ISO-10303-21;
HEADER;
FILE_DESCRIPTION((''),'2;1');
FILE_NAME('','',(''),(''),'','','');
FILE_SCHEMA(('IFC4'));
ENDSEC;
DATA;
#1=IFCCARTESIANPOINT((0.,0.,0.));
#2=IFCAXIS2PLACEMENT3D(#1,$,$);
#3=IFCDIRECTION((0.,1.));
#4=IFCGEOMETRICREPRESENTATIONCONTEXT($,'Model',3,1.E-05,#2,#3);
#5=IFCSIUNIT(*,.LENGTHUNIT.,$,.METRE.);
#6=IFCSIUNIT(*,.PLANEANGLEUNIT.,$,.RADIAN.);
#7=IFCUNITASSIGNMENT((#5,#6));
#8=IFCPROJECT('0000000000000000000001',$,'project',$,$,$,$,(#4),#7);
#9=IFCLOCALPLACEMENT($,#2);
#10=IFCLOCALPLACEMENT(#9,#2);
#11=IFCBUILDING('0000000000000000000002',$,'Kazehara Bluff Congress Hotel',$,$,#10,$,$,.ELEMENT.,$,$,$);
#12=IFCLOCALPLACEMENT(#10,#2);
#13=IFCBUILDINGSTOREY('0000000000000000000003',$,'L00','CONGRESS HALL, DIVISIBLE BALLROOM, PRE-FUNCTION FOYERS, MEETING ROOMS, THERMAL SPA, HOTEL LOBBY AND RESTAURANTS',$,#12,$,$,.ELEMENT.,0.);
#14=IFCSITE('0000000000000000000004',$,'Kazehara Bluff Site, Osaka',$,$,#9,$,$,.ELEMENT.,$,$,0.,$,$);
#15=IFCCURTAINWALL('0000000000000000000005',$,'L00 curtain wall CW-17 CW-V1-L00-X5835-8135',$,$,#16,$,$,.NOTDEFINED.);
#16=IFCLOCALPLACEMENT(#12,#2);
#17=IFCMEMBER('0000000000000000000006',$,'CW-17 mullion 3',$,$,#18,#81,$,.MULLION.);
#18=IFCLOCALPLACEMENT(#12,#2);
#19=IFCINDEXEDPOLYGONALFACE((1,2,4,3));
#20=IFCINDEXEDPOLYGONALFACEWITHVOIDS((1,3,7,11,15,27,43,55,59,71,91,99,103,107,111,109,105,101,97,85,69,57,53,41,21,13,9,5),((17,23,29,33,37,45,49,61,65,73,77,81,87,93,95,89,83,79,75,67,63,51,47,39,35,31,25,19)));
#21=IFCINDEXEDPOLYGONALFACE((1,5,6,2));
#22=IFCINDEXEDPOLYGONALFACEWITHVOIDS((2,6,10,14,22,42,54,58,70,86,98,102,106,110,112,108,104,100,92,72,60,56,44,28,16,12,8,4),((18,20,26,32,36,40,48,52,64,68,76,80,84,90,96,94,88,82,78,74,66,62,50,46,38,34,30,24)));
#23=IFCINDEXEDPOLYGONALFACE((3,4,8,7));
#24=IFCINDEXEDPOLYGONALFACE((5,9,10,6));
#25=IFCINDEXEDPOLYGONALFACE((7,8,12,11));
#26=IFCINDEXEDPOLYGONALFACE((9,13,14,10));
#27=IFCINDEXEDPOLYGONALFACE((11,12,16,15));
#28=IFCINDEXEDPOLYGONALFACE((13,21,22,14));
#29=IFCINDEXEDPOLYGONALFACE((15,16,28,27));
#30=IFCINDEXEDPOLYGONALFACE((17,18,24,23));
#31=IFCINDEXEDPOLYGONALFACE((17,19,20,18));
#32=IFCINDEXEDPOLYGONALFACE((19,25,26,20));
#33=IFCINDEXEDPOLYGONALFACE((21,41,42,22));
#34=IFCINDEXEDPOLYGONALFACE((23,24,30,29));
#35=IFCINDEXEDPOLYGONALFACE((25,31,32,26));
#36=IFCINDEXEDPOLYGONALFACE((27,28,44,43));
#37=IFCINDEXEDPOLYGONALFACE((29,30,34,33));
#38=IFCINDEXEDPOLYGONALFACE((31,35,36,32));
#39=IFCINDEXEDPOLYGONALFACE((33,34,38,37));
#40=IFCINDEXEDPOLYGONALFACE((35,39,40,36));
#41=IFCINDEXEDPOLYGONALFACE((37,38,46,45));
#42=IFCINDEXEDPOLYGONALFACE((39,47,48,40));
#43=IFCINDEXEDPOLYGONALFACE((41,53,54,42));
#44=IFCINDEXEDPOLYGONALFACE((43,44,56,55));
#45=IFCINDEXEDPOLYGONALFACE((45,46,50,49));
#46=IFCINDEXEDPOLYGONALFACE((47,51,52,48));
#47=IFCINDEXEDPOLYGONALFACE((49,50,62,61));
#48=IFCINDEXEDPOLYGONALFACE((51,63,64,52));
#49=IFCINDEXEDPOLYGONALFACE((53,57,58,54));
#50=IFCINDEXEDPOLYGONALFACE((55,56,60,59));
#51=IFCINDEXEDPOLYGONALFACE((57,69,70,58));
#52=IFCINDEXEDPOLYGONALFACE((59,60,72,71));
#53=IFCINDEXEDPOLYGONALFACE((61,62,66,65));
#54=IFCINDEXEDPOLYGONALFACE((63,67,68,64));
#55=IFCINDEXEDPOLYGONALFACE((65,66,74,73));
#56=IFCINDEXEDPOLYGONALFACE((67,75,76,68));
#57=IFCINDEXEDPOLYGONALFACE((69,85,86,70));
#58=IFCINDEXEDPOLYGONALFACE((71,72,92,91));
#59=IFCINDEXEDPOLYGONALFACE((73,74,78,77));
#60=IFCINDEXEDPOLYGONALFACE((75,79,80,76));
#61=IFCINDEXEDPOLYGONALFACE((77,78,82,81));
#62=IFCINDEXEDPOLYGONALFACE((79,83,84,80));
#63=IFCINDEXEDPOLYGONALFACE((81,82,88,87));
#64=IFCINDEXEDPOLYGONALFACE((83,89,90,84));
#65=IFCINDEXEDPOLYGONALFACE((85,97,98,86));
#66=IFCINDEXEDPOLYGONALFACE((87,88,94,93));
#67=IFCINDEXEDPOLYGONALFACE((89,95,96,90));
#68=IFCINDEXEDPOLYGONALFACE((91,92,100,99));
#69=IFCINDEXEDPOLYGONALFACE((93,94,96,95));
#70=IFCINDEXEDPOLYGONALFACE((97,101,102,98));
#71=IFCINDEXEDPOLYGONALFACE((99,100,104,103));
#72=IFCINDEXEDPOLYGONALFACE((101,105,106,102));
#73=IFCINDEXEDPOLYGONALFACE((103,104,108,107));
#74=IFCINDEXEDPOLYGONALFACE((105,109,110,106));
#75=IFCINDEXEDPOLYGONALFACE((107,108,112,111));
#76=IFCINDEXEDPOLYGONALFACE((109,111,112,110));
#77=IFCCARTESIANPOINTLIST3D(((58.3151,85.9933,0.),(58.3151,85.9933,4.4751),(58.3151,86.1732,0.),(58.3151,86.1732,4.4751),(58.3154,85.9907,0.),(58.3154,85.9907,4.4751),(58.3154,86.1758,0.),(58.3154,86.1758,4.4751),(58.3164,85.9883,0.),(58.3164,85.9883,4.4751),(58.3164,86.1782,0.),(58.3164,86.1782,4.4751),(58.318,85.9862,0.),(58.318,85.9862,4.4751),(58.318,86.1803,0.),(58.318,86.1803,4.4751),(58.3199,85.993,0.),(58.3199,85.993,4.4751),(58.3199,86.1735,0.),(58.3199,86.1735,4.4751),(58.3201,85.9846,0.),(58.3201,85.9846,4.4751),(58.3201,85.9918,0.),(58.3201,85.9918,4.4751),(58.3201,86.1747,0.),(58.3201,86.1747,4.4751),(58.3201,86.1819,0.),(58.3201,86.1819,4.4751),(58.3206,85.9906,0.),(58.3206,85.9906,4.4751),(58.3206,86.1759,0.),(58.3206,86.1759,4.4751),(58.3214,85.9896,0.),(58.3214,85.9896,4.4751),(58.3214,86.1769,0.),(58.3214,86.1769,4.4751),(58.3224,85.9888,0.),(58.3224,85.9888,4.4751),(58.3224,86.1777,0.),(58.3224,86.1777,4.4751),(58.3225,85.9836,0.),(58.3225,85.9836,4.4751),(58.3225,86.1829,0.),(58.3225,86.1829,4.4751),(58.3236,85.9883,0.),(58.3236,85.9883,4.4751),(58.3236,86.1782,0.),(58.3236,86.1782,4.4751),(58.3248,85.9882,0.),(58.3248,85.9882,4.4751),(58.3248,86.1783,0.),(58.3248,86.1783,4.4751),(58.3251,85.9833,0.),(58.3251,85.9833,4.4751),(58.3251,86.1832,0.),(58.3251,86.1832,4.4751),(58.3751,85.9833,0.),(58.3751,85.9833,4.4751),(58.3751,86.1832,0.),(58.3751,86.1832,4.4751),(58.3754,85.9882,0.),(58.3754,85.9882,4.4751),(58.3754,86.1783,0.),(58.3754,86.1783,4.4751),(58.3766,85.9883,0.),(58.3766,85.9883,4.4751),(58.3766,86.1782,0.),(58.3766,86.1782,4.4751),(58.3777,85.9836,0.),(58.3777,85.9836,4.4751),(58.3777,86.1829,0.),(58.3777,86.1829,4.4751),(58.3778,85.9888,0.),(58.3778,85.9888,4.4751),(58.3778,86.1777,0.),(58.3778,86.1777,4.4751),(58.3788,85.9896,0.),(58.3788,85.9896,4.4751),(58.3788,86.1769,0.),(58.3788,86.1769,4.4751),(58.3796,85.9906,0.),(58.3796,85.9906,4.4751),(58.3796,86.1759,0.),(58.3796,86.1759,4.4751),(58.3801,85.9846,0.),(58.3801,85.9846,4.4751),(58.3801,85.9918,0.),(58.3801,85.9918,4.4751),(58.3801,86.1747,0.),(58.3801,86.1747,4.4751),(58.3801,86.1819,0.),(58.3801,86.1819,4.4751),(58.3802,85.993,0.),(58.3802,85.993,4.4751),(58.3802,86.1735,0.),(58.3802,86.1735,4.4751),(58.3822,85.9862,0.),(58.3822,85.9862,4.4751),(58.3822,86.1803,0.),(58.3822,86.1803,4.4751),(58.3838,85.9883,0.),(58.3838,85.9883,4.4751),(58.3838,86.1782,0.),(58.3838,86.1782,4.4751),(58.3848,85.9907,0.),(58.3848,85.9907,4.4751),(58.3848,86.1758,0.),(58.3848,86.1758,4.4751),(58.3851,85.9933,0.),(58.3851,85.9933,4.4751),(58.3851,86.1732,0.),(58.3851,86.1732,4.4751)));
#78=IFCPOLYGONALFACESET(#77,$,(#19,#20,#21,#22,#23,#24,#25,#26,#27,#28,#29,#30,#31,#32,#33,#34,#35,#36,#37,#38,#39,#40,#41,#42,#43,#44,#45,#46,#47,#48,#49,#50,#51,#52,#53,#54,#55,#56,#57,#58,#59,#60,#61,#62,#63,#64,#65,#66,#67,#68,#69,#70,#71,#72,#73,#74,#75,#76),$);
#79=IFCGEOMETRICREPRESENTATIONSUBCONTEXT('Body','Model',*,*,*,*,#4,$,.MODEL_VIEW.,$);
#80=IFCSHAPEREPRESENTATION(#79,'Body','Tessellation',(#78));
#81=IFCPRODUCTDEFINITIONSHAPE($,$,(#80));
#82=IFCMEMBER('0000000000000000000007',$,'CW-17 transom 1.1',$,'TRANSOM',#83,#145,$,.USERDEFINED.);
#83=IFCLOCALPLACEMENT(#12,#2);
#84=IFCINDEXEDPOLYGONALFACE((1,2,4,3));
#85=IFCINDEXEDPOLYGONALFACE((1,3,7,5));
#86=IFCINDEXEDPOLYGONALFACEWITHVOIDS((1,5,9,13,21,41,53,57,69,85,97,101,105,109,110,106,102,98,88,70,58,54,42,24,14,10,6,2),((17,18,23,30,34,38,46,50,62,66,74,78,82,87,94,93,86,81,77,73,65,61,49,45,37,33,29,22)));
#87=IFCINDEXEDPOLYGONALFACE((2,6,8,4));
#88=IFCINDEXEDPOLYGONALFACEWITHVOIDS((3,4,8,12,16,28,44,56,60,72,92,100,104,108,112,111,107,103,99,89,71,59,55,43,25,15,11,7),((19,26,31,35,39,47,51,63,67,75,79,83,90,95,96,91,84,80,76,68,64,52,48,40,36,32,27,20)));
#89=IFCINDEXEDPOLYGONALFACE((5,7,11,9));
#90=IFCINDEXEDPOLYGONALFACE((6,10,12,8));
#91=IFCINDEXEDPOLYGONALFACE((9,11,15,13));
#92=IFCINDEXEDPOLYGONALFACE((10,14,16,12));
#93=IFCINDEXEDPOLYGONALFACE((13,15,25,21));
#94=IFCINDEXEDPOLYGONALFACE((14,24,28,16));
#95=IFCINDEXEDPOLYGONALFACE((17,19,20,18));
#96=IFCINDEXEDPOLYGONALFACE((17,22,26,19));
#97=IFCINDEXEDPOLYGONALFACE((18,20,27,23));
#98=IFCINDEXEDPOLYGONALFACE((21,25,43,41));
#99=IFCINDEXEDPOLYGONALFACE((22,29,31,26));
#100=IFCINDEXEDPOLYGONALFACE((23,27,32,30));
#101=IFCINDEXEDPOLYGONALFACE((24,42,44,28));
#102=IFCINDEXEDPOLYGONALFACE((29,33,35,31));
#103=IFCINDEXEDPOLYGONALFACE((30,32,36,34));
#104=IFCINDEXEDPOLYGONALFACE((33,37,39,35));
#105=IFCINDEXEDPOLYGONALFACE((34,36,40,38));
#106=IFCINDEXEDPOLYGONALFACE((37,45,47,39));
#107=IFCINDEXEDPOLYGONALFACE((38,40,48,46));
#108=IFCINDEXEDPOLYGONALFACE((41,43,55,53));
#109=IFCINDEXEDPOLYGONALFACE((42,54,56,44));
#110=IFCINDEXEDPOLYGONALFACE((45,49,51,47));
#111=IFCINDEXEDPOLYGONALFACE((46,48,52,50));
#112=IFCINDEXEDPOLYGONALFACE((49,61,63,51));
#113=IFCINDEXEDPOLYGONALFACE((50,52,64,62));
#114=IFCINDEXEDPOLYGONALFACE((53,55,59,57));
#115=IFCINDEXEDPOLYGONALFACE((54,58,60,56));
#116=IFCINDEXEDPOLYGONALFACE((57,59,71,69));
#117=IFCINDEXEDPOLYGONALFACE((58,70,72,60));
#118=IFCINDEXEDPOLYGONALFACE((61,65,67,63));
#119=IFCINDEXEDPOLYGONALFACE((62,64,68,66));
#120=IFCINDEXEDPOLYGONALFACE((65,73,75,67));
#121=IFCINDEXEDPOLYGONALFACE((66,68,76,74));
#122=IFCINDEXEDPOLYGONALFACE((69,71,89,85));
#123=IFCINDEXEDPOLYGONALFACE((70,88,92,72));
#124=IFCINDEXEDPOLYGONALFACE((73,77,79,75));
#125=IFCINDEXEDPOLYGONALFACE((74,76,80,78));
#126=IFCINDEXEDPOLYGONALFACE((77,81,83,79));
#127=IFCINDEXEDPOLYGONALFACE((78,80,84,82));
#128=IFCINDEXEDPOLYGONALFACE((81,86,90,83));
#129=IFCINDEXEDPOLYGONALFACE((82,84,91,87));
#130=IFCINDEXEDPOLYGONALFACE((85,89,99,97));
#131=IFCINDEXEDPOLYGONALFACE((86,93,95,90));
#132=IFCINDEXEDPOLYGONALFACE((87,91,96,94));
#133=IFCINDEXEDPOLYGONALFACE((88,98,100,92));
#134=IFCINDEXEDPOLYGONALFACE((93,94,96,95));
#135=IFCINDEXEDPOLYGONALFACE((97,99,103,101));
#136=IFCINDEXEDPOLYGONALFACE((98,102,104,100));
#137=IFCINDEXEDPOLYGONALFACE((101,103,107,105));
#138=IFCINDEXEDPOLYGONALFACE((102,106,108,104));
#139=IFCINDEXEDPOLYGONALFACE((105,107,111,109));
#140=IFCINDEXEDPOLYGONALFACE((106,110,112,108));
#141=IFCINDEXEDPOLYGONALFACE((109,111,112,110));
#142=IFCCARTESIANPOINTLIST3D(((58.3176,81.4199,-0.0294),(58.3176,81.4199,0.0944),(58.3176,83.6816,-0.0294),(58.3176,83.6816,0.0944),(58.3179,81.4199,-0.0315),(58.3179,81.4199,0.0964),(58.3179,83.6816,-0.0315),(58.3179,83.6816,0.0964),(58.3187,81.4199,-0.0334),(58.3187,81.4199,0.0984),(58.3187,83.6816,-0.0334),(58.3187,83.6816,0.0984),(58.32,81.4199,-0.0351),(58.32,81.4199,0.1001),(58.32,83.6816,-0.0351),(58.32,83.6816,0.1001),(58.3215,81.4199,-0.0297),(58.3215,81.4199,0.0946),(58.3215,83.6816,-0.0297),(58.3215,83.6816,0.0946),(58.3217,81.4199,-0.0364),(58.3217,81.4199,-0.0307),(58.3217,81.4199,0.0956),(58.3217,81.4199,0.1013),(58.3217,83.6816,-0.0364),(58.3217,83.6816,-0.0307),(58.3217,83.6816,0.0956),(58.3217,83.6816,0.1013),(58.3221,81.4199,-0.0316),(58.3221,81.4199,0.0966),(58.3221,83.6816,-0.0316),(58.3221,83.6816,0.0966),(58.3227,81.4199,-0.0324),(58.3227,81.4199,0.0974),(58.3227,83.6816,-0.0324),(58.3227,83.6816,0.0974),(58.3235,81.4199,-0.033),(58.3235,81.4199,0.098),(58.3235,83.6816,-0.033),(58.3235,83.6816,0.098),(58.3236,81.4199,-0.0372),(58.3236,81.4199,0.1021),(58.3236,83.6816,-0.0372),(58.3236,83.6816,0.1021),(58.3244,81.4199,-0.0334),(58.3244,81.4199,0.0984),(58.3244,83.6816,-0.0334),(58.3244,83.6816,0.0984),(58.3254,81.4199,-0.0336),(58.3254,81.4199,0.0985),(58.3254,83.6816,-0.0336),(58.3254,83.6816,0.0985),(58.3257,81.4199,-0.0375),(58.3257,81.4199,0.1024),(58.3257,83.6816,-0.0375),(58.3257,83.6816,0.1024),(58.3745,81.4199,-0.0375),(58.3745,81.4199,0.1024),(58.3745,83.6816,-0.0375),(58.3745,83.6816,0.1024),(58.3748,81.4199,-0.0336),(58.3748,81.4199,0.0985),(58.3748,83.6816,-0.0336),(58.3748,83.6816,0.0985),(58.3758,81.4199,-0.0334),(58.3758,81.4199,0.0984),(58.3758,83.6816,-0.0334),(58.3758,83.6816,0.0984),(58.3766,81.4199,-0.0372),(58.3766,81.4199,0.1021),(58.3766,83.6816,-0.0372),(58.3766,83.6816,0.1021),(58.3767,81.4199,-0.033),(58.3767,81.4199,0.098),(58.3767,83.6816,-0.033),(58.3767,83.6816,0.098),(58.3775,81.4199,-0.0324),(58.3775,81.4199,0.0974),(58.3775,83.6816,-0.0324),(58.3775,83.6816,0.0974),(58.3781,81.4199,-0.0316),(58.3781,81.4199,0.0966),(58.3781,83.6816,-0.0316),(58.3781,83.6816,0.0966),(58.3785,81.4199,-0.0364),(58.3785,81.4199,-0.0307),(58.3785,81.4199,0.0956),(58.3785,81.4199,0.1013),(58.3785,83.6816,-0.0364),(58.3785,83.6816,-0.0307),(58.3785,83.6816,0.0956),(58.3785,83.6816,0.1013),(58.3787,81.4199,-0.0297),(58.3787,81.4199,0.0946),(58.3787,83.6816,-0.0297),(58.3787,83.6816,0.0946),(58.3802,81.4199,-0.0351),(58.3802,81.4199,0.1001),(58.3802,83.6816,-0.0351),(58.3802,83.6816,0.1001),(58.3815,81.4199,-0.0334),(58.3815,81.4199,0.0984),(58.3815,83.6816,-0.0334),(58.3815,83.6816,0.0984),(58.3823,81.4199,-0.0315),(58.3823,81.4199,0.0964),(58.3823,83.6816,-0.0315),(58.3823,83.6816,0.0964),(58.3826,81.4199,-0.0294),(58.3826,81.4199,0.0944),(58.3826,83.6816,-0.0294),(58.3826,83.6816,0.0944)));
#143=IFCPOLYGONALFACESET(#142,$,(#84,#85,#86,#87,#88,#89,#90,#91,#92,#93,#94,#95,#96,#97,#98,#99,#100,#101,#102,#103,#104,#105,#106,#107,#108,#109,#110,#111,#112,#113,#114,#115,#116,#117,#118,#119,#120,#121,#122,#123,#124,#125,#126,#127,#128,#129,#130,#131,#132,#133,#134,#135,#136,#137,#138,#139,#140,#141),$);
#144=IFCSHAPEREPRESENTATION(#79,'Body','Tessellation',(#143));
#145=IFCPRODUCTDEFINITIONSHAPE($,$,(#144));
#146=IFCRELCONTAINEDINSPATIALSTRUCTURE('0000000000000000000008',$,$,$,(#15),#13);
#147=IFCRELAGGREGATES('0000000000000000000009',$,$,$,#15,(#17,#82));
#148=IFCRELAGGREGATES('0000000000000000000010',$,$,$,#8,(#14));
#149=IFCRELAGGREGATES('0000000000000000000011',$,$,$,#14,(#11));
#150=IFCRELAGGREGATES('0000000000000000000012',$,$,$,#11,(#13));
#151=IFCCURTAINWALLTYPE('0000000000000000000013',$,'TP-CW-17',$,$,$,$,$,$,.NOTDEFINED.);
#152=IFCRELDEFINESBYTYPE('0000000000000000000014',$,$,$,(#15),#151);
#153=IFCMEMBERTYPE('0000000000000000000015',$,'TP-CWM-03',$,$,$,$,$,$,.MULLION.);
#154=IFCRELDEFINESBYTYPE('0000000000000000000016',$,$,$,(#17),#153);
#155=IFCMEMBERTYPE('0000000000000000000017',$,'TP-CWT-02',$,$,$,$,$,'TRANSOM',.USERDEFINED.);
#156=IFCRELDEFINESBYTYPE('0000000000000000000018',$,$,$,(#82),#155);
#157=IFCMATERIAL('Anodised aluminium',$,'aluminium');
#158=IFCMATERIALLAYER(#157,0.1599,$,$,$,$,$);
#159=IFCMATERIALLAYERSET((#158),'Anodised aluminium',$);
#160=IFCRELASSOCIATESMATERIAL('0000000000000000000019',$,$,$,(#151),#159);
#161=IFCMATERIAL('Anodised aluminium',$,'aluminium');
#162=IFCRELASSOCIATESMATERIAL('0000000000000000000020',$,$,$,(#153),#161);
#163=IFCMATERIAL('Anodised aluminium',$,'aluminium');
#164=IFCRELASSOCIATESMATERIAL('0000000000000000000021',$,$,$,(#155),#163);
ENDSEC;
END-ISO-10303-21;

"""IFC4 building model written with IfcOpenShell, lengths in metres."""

from ifc_helpers import new_model, si_unit, direction, frame, origin, origin_2d, place, context, subcontext, project, spatial, hollow_rectangle, extrude, material, layer, layer_set, material_profile, profile_set, type_object, element, aggregate, save


model = new_model("IFC4")

# Units and contexts
model_context = context("Model", 3, precision=1e-05, world=origin(), true_north=direction((0.0, 1.0)))
body_context = subcontext(model_context, "Body", "Model", "MODEL_VIEW")
ifc_project = project(units=[si_unit("LENGTHUNIT", "METRE"), si_unit("PLANEANGLEUNIT", "RADIAN")], contexts=[model_context])

# Site, building, storey
site_placement = place(None, origin())
site = spatial("IfcSite", under=ifc_project, at=site_placement, Name="Kazehara Bluff Site, Osaka", CompositionType="ELEMENT", RefElevation=0.0)
building_placement = place(site_placement, origin())
building = spatial("IfcBuilding", under=site, at=building_placement, Name="Kazehara Bluff Congress Hotel", CompositionType="ELEMENT")
storey_placement = place(building_placement, origin())
storey = spatial("IfcBuildingStorey", under=building, at=storey_placement, Name="L00", Description="CONGRESS HALL, DIVISIBLE BALLROOM, PRE-FUNCTION FOYERS, MEETING ROOMS, THERMAL SPA, HOTEL LOBBY AND RESTAURANTS", CompositionType="ELEMENT", Elevation=0.0)

# Curtain wall, members
ifc_material_1 = material(Name="Anodised aluminium", Category="aluminium")
ifc_layer_1 = layer(ifc_material_1, 0.1599)
ifc_layer_set_1 = layer_set([ifc_layer_1], Name="Anodised aluminium")
curtain_wall_type = type_object("IfcCurtainWallType", Name="TP-CW-17", PredefinedType="NOTDEFINED", material=ifc_layer_set_1)
curtain_wall_placement = place(storey_placement, origin())
curtain_wall = element("IfcCurtainWall", 1, at=curtain_wall_placement, inside=storey, type_object=curtain_wall_type, Name="L00 curtain wall CW-17 CW-V1-L00-X5835-8135", PredefinedType="NOTDEFINED")
ifc_material_2 = material(Name="Anodised aluminium", Category="aluminium")
ifc_material_profile_1 = material_profile(ifc_material_2, hollow_rectangle(XDim=0.0701, YDim=0.2, WallThickness=0.0049, InnerFilletRadius=0.0049, OuterFilletRadius=0.01, at=origin_2d()))
ifc_profile_set_1 = profile_set([ifc_material_profile_1], Name="Anodised aluminium")
member_type_1 = type_object("IfcMemberType", Name="TP-CWM-03", PredefinedType="MULLION", material=ifc_profile_set_1)
member_1_placement = place(storey_placement, frame((58.3501, 86.0833, 0.0), z_axis=(0.0, 0.0, 1.0), x_axis=(-1.0, 0.0, 0.0)))
member_1 = element("IfcMember", 2, at=member_1_placement, type_object=member_type_1, Name="CW-17 mullion 3", PredefinedType="MULLION", context=body_context, shape_type="SweptSolid", body=[
    extrude(hollow_rectangle(XDim=0.0701, YDim=0.2, WallThickness=0.0049, InnerFilletRadius=0.0049, OuterFilletRadius=0.01, at=origin_2d()), origin(), (0.0, 0.0, 1.0), 4.4751),
])
ifc_material_3 = material(Name="Anodised aluminium", Category="aluminium")
ifc_material_profile_2 = material_profile(ifc_material_3, hollow_rectangle(XDim=0.0649, YDim=0.1399, WallThickness=0.0039, InnerFilletRadius=0.0039, OuterFilletRadius=0.0081, at=origin_2d()))
ifc_profile_set_2 = profile_set([ifc_material_profile_2], Name="Anodised aluminium")
member_type_2 = type_object("IfcMemberType", Name="TP-CWT-02", ElementType="TRANSOM", PredefinedType="USERDEFINED", material=ifc_profile_set_2)
member_2_placement = place(storey_placement, frame((58.3501, 81.4199, 0.0325), z_axis=(0.0, 1.0, 0.0), x_axis=(-1.0, 0.0, 0.0)))
member_2 = element("IfcMember", 3, at=member_2_placement, type_object=member_type_2, Name="CW-17 transom 1.1", ObjectType="TRANSOM", PredefinedType="USERDEFINED", context=body_context, shape_type="SweptSolid", body=[
    extrude(hollow_rectangle(XDim=0.0649, YDim=0.1399, WallThickness=0.0039, InnerFilletRadius=0.0039, OuterFilletRadius=0.0081, at=origin_2d()), origin(), (0.0, 0.0, 1.0), 2.2617),
])

aggregate(curtain_wall, [member_1, member_2])

save(model, "model.ifc")
